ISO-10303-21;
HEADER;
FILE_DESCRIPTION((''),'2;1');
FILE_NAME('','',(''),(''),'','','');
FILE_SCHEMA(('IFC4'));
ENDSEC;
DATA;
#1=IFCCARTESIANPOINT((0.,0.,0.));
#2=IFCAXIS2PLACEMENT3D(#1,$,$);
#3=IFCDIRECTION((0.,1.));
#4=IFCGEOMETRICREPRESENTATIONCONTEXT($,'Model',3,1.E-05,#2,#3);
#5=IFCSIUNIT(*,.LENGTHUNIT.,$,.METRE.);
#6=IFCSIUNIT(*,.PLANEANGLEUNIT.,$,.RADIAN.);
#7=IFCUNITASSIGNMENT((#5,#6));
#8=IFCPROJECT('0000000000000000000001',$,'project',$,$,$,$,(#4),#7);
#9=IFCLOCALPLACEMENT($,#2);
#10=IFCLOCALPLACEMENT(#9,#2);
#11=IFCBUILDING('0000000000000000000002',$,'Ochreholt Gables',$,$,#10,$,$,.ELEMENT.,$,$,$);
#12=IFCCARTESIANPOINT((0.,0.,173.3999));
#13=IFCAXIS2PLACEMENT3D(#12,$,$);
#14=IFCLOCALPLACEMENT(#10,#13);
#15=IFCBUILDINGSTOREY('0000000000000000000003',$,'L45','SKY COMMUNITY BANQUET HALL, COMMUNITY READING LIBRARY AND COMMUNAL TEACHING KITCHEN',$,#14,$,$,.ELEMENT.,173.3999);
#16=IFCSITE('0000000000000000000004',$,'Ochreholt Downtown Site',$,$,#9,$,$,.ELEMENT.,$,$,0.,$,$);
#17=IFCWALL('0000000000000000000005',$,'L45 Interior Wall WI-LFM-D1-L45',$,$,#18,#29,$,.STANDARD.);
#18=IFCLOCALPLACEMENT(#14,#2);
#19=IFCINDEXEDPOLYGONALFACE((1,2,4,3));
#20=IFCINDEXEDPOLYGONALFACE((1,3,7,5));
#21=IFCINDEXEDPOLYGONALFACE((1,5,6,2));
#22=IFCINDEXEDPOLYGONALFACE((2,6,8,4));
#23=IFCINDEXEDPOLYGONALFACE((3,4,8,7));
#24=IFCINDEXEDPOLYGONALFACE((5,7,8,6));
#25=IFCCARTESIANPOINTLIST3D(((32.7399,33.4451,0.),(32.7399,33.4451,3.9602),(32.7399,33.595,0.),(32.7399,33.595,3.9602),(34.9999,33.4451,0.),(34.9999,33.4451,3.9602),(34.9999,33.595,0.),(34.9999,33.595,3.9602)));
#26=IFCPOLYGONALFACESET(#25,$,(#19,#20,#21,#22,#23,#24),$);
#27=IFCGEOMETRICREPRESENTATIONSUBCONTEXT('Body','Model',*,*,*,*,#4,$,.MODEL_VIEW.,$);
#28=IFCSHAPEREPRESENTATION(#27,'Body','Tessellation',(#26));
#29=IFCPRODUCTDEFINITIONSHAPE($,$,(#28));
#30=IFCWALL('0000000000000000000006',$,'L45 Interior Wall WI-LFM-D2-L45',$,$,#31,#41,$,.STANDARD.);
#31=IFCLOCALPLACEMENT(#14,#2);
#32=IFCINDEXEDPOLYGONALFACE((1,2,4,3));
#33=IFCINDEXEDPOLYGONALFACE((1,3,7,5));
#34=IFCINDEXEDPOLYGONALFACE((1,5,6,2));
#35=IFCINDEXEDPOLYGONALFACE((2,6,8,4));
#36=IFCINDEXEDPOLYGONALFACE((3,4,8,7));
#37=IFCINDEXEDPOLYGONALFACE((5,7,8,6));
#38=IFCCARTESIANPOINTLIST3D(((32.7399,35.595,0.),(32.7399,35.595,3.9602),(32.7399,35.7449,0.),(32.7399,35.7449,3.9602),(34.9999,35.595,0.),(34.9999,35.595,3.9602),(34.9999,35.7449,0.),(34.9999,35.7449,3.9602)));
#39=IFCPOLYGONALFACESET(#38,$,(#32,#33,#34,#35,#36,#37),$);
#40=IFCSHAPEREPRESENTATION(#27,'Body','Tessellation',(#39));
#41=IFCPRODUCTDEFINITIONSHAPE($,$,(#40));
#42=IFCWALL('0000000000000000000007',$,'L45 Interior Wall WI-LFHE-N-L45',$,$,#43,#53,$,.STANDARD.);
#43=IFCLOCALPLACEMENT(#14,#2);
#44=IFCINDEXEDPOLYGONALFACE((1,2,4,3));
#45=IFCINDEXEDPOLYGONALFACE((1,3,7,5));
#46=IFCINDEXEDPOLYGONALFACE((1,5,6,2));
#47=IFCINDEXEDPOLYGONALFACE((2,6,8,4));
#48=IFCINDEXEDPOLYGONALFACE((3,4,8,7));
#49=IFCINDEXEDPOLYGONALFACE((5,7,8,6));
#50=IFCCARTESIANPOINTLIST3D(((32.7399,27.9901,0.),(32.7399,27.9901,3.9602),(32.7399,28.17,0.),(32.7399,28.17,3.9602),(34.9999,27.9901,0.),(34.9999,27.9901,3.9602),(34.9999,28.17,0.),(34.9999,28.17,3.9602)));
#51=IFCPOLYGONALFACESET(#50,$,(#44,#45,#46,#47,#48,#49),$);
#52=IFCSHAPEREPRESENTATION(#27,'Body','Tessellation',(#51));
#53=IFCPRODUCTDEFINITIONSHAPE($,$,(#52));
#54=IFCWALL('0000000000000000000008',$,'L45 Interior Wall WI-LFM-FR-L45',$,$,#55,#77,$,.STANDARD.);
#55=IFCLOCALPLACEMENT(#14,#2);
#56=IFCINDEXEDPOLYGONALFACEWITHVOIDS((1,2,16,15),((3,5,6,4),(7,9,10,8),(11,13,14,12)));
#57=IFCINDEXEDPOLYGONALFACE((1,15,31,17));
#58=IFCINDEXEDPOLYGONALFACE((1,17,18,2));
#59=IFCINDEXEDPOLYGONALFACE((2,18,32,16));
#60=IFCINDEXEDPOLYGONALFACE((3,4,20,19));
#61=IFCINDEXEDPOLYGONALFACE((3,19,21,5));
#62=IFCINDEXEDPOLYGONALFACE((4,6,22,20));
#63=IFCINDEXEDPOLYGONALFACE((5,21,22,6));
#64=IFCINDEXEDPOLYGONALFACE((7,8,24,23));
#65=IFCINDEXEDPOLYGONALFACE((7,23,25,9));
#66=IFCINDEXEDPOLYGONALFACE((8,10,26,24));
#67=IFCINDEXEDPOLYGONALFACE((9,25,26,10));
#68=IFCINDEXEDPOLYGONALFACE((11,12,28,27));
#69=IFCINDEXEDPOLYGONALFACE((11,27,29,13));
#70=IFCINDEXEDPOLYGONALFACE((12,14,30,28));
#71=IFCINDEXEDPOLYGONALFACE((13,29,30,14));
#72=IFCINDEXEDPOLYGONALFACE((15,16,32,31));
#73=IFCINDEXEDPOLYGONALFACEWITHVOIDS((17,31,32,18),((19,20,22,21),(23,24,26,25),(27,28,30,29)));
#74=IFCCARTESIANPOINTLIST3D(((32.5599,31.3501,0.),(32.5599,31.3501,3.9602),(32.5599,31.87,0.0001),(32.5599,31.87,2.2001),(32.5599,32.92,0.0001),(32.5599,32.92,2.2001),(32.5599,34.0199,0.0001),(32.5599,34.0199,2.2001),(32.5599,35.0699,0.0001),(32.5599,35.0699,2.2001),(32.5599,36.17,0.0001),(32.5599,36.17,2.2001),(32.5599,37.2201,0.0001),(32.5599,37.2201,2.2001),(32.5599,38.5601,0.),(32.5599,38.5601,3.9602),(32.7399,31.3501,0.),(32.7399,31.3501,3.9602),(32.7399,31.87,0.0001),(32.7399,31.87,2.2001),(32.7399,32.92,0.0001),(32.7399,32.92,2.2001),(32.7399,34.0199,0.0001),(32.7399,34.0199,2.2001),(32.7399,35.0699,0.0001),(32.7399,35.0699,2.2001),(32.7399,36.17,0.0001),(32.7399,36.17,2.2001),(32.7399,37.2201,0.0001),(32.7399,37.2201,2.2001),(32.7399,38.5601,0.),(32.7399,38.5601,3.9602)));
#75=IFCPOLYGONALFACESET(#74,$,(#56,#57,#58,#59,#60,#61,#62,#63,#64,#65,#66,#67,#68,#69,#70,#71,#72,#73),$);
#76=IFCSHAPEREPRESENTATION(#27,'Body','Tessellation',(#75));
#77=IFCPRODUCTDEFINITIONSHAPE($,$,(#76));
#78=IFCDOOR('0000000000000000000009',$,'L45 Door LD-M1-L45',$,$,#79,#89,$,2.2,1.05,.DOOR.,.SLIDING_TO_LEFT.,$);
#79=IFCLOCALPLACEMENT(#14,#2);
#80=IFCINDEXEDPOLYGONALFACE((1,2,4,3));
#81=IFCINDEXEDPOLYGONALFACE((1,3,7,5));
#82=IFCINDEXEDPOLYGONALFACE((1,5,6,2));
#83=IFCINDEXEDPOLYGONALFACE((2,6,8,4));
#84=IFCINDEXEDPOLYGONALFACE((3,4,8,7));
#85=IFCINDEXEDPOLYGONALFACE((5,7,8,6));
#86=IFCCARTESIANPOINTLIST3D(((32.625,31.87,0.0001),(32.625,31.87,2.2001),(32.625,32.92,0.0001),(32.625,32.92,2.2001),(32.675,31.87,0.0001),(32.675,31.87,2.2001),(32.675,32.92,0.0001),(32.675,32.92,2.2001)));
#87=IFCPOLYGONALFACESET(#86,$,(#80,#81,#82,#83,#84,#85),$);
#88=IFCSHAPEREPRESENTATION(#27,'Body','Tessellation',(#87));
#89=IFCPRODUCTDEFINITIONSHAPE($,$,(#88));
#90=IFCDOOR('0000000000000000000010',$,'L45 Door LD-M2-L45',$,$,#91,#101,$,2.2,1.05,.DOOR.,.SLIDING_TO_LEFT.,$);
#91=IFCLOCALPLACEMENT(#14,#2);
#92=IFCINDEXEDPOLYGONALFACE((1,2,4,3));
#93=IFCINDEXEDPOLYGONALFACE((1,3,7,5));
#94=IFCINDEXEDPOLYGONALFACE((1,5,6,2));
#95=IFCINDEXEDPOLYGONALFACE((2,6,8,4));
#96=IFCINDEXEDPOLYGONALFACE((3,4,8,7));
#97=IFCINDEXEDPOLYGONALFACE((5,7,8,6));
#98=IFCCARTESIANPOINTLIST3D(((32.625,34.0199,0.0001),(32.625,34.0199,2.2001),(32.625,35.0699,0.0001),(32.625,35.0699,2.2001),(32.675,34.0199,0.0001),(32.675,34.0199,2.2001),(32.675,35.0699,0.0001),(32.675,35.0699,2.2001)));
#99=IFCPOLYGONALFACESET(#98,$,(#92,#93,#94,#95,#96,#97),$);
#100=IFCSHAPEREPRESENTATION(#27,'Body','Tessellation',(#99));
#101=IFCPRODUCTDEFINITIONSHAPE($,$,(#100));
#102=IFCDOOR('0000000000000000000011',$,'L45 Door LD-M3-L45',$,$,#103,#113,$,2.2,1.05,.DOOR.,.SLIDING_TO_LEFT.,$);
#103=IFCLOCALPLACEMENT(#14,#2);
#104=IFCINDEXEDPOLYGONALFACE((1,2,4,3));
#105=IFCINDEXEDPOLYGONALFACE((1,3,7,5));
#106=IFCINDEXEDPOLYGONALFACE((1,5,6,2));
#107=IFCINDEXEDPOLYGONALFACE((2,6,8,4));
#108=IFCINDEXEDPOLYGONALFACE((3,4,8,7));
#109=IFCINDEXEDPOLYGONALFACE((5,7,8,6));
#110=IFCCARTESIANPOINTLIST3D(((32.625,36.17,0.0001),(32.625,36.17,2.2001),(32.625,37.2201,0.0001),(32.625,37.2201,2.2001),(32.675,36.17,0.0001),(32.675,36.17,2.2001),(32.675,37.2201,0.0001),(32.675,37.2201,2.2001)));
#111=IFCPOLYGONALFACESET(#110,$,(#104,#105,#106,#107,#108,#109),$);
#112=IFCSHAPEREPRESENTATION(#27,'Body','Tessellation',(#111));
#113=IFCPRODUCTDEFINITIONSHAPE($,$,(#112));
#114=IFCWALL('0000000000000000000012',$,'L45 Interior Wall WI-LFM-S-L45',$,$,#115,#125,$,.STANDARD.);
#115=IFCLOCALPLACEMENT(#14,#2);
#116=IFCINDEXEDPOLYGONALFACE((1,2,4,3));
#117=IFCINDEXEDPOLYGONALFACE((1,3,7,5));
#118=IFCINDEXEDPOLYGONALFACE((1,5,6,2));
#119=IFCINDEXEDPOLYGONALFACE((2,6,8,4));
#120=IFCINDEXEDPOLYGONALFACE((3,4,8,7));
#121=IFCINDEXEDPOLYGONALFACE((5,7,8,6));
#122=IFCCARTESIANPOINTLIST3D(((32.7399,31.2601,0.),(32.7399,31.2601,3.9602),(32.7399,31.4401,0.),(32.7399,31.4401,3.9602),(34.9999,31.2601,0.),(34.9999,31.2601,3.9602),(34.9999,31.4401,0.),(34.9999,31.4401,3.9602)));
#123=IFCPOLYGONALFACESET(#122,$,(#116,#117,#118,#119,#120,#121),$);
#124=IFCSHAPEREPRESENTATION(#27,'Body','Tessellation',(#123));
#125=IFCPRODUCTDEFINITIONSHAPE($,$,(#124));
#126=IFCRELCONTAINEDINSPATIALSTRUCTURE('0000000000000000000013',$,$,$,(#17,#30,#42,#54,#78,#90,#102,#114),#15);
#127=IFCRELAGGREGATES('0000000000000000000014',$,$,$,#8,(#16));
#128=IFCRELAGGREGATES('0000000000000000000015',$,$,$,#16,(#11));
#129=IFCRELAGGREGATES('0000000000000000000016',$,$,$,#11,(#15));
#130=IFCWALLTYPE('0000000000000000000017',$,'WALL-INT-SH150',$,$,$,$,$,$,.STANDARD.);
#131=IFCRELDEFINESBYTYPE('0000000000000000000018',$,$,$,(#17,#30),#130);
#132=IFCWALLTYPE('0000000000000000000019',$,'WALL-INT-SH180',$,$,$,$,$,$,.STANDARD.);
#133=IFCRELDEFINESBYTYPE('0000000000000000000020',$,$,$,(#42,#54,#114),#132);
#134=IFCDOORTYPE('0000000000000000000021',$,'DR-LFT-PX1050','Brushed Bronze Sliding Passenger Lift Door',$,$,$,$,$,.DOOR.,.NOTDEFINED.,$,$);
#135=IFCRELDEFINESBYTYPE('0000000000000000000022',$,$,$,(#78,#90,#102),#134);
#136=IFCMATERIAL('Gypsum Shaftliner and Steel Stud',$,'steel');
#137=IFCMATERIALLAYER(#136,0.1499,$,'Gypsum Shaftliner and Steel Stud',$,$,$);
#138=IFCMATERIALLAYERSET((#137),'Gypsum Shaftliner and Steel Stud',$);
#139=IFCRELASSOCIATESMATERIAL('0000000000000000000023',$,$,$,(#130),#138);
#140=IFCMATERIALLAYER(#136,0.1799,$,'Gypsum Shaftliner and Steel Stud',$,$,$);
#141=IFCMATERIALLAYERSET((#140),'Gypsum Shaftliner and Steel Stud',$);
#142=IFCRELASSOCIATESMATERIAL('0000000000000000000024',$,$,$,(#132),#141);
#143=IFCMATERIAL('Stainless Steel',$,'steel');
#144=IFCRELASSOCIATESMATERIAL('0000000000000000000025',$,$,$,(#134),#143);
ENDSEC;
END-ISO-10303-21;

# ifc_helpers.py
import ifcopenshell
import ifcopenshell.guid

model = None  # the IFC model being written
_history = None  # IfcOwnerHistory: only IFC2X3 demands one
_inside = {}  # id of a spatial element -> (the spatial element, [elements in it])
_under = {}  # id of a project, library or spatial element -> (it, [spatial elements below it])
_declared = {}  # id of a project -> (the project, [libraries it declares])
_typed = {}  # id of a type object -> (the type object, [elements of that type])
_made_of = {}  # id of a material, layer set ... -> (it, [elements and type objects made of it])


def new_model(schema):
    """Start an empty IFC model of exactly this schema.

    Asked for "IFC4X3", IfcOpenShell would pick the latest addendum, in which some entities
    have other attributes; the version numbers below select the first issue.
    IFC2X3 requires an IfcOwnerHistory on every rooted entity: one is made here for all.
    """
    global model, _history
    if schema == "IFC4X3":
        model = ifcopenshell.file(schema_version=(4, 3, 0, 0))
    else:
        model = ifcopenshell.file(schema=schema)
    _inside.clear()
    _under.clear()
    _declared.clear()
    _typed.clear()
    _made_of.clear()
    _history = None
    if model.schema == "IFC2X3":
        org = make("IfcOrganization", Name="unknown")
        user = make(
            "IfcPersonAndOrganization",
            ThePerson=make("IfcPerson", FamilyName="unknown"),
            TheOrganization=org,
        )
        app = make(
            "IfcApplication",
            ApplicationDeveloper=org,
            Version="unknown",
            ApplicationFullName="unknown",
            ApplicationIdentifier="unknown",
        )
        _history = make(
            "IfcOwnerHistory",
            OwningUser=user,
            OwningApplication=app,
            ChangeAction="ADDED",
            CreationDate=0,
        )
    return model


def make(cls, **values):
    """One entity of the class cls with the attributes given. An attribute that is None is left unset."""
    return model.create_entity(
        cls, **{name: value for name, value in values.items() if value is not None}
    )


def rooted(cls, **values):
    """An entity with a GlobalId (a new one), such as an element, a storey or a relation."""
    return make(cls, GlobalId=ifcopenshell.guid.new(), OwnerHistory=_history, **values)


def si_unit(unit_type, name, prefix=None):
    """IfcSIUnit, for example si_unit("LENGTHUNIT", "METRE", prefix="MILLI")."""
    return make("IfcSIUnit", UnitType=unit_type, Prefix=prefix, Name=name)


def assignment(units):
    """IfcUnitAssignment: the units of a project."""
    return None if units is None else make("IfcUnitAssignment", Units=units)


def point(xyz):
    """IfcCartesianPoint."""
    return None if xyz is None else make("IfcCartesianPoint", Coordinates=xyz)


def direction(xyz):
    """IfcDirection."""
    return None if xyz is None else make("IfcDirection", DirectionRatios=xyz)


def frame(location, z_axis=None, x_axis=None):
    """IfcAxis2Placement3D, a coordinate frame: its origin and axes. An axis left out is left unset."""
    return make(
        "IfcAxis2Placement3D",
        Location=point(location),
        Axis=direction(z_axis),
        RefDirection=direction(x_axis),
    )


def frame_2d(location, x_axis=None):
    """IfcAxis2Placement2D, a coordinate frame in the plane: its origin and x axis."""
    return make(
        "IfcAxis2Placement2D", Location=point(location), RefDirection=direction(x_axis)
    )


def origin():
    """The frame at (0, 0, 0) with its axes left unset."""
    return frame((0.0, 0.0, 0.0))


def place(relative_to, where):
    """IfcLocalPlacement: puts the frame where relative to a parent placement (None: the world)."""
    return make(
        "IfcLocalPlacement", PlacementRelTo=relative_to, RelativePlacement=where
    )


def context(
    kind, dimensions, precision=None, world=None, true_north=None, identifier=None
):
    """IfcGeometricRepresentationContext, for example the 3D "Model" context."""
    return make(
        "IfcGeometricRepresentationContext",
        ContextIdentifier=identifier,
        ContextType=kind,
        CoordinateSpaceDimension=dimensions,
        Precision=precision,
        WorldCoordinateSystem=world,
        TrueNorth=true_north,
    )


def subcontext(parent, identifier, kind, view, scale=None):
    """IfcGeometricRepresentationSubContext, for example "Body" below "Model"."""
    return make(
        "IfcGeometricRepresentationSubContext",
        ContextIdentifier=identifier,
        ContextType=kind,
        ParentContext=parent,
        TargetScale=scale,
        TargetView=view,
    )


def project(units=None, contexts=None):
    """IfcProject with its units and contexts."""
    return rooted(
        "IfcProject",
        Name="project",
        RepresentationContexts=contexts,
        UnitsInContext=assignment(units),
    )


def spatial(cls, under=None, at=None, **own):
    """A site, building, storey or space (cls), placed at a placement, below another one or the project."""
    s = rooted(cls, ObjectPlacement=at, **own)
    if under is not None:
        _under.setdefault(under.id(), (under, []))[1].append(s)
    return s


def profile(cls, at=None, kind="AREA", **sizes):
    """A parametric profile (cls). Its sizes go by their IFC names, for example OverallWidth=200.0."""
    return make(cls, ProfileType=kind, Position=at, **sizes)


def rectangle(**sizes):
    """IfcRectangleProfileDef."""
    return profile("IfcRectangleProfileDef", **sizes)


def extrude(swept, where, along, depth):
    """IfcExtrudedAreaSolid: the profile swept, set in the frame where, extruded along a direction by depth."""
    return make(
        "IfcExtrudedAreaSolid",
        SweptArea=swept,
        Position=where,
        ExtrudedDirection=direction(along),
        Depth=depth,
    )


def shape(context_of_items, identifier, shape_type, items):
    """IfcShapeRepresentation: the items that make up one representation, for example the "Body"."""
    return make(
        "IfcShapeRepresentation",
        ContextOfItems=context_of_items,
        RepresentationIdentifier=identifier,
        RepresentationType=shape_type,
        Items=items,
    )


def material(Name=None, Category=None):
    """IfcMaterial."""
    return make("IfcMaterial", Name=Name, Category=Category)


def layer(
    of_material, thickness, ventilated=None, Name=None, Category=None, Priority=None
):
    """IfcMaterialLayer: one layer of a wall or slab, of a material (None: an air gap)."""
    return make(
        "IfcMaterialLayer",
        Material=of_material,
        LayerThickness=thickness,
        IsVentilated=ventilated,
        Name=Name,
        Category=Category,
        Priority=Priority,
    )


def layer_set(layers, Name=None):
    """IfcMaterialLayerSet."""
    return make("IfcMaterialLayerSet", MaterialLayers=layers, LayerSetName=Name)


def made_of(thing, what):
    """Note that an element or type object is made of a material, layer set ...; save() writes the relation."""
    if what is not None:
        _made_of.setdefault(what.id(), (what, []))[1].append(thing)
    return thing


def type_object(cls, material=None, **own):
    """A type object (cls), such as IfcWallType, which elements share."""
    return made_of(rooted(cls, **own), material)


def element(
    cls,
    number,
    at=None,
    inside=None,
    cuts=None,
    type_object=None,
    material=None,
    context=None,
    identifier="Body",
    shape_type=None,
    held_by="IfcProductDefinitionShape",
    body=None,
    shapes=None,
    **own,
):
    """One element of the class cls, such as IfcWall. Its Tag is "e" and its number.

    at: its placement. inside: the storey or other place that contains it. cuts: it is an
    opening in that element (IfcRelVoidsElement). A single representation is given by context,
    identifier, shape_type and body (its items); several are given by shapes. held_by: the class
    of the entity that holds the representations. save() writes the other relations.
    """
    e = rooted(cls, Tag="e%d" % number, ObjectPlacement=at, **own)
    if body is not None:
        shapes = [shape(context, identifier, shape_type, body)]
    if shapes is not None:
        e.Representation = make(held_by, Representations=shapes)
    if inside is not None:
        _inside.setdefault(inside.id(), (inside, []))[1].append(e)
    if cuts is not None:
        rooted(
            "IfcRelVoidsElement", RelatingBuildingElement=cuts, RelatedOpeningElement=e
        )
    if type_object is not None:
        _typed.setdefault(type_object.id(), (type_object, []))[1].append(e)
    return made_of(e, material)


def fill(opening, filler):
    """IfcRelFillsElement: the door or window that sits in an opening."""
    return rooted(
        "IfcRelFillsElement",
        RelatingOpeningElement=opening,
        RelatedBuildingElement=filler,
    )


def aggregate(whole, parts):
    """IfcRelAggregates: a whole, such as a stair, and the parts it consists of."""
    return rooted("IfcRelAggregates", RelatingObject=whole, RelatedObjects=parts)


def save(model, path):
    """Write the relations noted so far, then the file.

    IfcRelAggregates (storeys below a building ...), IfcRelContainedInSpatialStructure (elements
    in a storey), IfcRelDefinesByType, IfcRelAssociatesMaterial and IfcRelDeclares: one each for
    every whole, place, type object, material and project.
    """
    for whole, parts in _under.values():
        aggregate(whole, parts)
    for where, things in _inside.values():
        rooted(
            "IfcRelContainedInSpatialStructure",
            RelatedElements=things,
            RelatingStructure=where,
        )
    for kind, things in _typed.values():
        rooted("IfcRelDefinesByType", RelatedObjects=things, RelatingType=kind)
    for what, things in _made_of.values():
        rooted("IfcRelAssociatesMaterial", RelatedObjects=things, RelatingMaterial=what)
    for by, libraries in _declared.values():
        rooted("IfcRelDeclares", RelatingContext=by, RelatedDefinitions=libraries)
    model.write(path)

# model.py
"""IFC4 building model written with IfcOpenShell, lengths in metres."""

from ifc_helpers import new_model, si_unit, direction, frame, frame_2d, origin, place, context, subcontext, project, spatial, rectangle, extrude, material, layer, layer_set, type_object, element, fill, save


model = new_model("IFC4")

# Units and contexts
model_context = context("Model", 3, precision=1e-05, world=origin(), true_north=direction((0.0, 1.0)))
body_context = subcontext(model_context, "Body", "Model", "MODEL_VIEW")
ifc_project = project(units=[si_unit("LENGTHUNIT", "METRE"), si_unit("PLANEANGLEUNIT", "RADIAN")], contexts=[model_context])

# Site, building, storey
site_placement = place(None, origin())
site = spatial("IfcSite", under=ifc_project, at=site_placement, Name="Ochreholt Downtown Site", CompositionType="ELEMENT", RefElevation=0.0)
building_placement = place(site_placement, origin())
building = spatial("IfcBuilding", under=site, at=building_placement, Name="Ochreholt Gables", CompositionType="ELEMENT")
storey_placement = place(building_placement, frame((0.0, 0.0, 173.3999)))
storey = spatial("IfcBuildingStorey", under=building, at=storey_placement, Name="L45", Description="SKY COMMUNITY BANQUET HALL, COMMUNITY READING LIBRARY AND COMMUNAL TEACHING KITCHEN", CompositionType="ELEMENT", Elevation=173.3999)

# Walls
ifc_material_1 = material(Name="Gypsum Shaftliner and Steel Stud", Category="steel")
ifc_layer_1 = layer(ifc_material_1, 0.1499, Name="Gypsum Shaftliner and Steel Stud")
ifc_layer_set_1 = layer_set([ifc_layer_1], Name="Gypsum Shaftliner and Steel Stud")
wall_type_1 = type_object("IfcWallType", Name="WALL-INT-SH150", PredefinedType="STANDARD", material=ifc_layer_set_1)
for number, where, z_axis, x_axis, name in (
    (1, (32.74, 33.52, 0.0), (0.0, 0.0, 1.0), (1.0, 0.0, 0.0), "L45 Interior Wall WI-LFM-D1-L45"),
    (2, (32.74, 35.6699, 0.0), (0.0, 0.0, 1.0), (1.0, 0.0, 0.0), "L45 Interior Wall WI-LFM-D2-L45"),
):
    element("IfcWall", number, at=place(storey_placement, frame(where, z_axis=z_axis, x_axis=x_axis)), inside=storey, type_object=wall_type_1, Name=name, PredefinedType="STANDARD", context=body_context, shape_type="SweptSolid", body=[
        extrude(rectangle(XDim=2.26, YDim=0.1499, at=frame_2d((1.1299, 0.0))), origin(), (0.0, 0.0, 1.0), 3.9602),
    ])
ifc_layer_2 = layer(ifc_material_1, 0.1799, Name="Gypsum Shaftliner and Steel Stud")
ifc_layer_set_2 = layer_set([ifc_layer_2], Name="Gypsum Shaftliner and Steel Stud")
wall_type_2 = type_object("IfcWallType", Name="WALL-INT-SH180", PredefinedType="STANDARD", material=ifc_layer_set_2)
wall_1_placement = place(storey_placement, frame((32.74, 28.0801, 0.0), z_axis=(0.0, 0.0, 1.0), x_axis=(1.0, 0.0, 0.0)))
element("IfcWall", 3, at=wall_1_placement, inside=storey, type_object=wall_type_2, Name="L45 Interior Wall WI-LFHE-N-L45", PredefinedType="STANDARD", context=body_context, shape_type="SweptSolid", body=[
    extrude(rectangle(XDim=2.26, YDim=0.1799, at=frame_2d((1.1299, 0.0))), origin(), (0.0, 0.0, 1.0), 3.9602),
])

# Wall, openings, doors
wall_2_placement = place(storey_placement, frame((32.6499, 31.3501, 0.0), z_axis=(0.0, 0.0, 1.0), x_axis=(0.0, 1.0, 0.0)))
wall_2 = element("IfcWall", 4, at=wall_2_placement, inside=storey, type_object=wall_type_2, Name="L45 Interior Wall WI-LFM-FR-L45", PredefinedType="STANDARD", context=body_context, shape_type="SweptSolid", body=[
    extrude(rectangle(XDim=7.21, YDim=0.1799, at=frame_2d((3.605, 0.0))), origin(), (0.0, 0.0, 1.0), 3.9602),
])
opening_1_placement = place(wall_2_placement, frame((0.52, 0.0, 0.0)))
opening_1 = element("IfcOpeningElement", 5, at=opening_1_placement, cuts=wall_2, PredefinedType="OPENING", context=body_context, shape_type="SweptSolid", body=[
    extrude(rectangle(XDim=1.05, YDim=2.2, at=frame_2d((0.5249, 1.1001))), frame((0.0, 0.0999, 0.0), z_axis=(0.0, -1.0, 0.0), x_axis=(1.0, 0.0, 0.0)), (0.0, 0.0, 1.0), 0.2),
])
opening_2_placement = place(wall_2_placement, frame((2.6699, 0.0, 0.0)))
opening_2 = element("IfcOpeningElement", 6, at=opening_2_placement, cuts=wall_2, PredefinedType="OPENING", context=body_context, shape_type="SweptSolid", body=[
    extrude(rectangle(XDim=1.05, YDim=2.2, at=frame_2d((0.5249, 1.1001))), frame((0.0, 0.0999, 0.0), z_axis=(0.0, -1.0, 0.0), x_axis=(1.0, 0.0, 0.0)), (0.0, 0.0, 1.0), 0.2),
])
opening_3_placement = place(wall_2_placement, frame((4.8201, 0.0, 0.0)))
opening_3 = element("IfcOpeningElement", 7, at=opening_3_placement, cuts=wall_2, PredefinedType="OPENING", context=body_context, shape_type="SweptSolid", body=[
    extrude(rectangle(XDim=1.05, YDim=2.2, at=frame_2d((0.5249, 1.1001))), frame((0.0, 0.0999, 0.0), z_axis=(0.0, -1.0, 0.0), x_axis=(1.0, 0.0, 0.0)), (0.0, 0.0, 1.0), 0.2),
])
ifc_material_2 = material(Name="Stainless Steel", Category="steel")
door_type = type_object("IfcDoorType", Name="DR-LFT-PX1050", Description="Brushed Bronze Sliding Passenger Lift Door", OperationType="NOTDEFINED", PredefinedType="DOOR", material=ifc_material_2)
door_1_placement = place(opening_1_placement, origin())
door_1 = element("IfcDoor", 8, at=door_1_placement, inside=storey, type_object=door_type, Name="L45 Door LD-M1-L45", OperationType="SLIDING_TO_LEFT", OverallHeight=2.2, OverallWidth=1.05, PredefinedType="DOOR", context=body_context, shape_type="SweptSolid", body=[
    extrude(rectangle(XDim=1.05, YDim=2.2, at=frame_2d((0.5249, 1.1001))), frame((0.0, 0.0249, 0.0), z_axis=(0.0, -1.0, 0.0), x_axis=(1.0, 0.0, 0.0)), (0.0, 0.0, 1.0), 0.05),
])
fill(opening_1, door_1)
door_2_placement = place(opening_2_placement, origin())
door_2 = element("IfcDoor", 9, at=door_2_placement, inside=storey, type_object=door_type, Name="L45 Door LD-M2-L45", OperationType="SLIDING_TO_LEFT", OverallHeight=2.2, OverallWidth=1.05, PredefinedType="DOOR", context=body_context, shape_type="SweptSolid", body=[
    extrude(rectangle(XDim=1.05, YDim=2.2, at=frame_2d((0.5249, 1.1001))), frame((0.0, 0.0249, 0.0), z_axis=(0.0, -1.0, 0.0), x_axis=(1.0, 0.0, 0.0)), (0.0, 0.0, 1.0), 0.05),
])
fill(opening_2, door_2)
door_3_placement = place(opening_3_placement, origin())
door_3 = element("IfcDoor", 10, at=door_3_placement, inside=storey, type_object=door_type, Name="L45 Door LD-M3-L45", OperationType="SLIDING_TO_LEFT", OverallHeight=2.2, OverallWidth=1.05, PredefinedType="DOOR", context=body_context, shape_type="SweptSolid", body=[
    extrude(rectangle(XDim=1.05, YDim=2.2, at=frame_2d((0.5249, 1.1001))), frame((0.0, 0.0249, 0.0), z_axis=(0.0, -1.0, 0.0), x_axis=(1.0, 0.0, 0.0)), (0.0, 0.0, 1.0), 0.05),
])
fill(opening_3, door_3)

# Wall
wall_3_placement = place(storey_placement, frame((32.74, 31.3501, 0.0), z_axis=(0.0, 0.0, 1.0), x_axis=(1.0, 0.0, 0.0)))
element("IfcWall", 11, at=wall_3_placement, inside=storey, type_object=wall_type_2, Name="L45 Interior Wall WI-LFM-S-L45", PredefinedType="STANDARD", context=body_context, shape_type="SweptSolid", body=[
    extrude(rectangle(XDim=2.26, YDim=0.1799, at=frame_2d((1.1299, 0.0))), origin(), (0.0, 0.0, 1.0), 3.9602),
])

save(model, "model.ifc")
